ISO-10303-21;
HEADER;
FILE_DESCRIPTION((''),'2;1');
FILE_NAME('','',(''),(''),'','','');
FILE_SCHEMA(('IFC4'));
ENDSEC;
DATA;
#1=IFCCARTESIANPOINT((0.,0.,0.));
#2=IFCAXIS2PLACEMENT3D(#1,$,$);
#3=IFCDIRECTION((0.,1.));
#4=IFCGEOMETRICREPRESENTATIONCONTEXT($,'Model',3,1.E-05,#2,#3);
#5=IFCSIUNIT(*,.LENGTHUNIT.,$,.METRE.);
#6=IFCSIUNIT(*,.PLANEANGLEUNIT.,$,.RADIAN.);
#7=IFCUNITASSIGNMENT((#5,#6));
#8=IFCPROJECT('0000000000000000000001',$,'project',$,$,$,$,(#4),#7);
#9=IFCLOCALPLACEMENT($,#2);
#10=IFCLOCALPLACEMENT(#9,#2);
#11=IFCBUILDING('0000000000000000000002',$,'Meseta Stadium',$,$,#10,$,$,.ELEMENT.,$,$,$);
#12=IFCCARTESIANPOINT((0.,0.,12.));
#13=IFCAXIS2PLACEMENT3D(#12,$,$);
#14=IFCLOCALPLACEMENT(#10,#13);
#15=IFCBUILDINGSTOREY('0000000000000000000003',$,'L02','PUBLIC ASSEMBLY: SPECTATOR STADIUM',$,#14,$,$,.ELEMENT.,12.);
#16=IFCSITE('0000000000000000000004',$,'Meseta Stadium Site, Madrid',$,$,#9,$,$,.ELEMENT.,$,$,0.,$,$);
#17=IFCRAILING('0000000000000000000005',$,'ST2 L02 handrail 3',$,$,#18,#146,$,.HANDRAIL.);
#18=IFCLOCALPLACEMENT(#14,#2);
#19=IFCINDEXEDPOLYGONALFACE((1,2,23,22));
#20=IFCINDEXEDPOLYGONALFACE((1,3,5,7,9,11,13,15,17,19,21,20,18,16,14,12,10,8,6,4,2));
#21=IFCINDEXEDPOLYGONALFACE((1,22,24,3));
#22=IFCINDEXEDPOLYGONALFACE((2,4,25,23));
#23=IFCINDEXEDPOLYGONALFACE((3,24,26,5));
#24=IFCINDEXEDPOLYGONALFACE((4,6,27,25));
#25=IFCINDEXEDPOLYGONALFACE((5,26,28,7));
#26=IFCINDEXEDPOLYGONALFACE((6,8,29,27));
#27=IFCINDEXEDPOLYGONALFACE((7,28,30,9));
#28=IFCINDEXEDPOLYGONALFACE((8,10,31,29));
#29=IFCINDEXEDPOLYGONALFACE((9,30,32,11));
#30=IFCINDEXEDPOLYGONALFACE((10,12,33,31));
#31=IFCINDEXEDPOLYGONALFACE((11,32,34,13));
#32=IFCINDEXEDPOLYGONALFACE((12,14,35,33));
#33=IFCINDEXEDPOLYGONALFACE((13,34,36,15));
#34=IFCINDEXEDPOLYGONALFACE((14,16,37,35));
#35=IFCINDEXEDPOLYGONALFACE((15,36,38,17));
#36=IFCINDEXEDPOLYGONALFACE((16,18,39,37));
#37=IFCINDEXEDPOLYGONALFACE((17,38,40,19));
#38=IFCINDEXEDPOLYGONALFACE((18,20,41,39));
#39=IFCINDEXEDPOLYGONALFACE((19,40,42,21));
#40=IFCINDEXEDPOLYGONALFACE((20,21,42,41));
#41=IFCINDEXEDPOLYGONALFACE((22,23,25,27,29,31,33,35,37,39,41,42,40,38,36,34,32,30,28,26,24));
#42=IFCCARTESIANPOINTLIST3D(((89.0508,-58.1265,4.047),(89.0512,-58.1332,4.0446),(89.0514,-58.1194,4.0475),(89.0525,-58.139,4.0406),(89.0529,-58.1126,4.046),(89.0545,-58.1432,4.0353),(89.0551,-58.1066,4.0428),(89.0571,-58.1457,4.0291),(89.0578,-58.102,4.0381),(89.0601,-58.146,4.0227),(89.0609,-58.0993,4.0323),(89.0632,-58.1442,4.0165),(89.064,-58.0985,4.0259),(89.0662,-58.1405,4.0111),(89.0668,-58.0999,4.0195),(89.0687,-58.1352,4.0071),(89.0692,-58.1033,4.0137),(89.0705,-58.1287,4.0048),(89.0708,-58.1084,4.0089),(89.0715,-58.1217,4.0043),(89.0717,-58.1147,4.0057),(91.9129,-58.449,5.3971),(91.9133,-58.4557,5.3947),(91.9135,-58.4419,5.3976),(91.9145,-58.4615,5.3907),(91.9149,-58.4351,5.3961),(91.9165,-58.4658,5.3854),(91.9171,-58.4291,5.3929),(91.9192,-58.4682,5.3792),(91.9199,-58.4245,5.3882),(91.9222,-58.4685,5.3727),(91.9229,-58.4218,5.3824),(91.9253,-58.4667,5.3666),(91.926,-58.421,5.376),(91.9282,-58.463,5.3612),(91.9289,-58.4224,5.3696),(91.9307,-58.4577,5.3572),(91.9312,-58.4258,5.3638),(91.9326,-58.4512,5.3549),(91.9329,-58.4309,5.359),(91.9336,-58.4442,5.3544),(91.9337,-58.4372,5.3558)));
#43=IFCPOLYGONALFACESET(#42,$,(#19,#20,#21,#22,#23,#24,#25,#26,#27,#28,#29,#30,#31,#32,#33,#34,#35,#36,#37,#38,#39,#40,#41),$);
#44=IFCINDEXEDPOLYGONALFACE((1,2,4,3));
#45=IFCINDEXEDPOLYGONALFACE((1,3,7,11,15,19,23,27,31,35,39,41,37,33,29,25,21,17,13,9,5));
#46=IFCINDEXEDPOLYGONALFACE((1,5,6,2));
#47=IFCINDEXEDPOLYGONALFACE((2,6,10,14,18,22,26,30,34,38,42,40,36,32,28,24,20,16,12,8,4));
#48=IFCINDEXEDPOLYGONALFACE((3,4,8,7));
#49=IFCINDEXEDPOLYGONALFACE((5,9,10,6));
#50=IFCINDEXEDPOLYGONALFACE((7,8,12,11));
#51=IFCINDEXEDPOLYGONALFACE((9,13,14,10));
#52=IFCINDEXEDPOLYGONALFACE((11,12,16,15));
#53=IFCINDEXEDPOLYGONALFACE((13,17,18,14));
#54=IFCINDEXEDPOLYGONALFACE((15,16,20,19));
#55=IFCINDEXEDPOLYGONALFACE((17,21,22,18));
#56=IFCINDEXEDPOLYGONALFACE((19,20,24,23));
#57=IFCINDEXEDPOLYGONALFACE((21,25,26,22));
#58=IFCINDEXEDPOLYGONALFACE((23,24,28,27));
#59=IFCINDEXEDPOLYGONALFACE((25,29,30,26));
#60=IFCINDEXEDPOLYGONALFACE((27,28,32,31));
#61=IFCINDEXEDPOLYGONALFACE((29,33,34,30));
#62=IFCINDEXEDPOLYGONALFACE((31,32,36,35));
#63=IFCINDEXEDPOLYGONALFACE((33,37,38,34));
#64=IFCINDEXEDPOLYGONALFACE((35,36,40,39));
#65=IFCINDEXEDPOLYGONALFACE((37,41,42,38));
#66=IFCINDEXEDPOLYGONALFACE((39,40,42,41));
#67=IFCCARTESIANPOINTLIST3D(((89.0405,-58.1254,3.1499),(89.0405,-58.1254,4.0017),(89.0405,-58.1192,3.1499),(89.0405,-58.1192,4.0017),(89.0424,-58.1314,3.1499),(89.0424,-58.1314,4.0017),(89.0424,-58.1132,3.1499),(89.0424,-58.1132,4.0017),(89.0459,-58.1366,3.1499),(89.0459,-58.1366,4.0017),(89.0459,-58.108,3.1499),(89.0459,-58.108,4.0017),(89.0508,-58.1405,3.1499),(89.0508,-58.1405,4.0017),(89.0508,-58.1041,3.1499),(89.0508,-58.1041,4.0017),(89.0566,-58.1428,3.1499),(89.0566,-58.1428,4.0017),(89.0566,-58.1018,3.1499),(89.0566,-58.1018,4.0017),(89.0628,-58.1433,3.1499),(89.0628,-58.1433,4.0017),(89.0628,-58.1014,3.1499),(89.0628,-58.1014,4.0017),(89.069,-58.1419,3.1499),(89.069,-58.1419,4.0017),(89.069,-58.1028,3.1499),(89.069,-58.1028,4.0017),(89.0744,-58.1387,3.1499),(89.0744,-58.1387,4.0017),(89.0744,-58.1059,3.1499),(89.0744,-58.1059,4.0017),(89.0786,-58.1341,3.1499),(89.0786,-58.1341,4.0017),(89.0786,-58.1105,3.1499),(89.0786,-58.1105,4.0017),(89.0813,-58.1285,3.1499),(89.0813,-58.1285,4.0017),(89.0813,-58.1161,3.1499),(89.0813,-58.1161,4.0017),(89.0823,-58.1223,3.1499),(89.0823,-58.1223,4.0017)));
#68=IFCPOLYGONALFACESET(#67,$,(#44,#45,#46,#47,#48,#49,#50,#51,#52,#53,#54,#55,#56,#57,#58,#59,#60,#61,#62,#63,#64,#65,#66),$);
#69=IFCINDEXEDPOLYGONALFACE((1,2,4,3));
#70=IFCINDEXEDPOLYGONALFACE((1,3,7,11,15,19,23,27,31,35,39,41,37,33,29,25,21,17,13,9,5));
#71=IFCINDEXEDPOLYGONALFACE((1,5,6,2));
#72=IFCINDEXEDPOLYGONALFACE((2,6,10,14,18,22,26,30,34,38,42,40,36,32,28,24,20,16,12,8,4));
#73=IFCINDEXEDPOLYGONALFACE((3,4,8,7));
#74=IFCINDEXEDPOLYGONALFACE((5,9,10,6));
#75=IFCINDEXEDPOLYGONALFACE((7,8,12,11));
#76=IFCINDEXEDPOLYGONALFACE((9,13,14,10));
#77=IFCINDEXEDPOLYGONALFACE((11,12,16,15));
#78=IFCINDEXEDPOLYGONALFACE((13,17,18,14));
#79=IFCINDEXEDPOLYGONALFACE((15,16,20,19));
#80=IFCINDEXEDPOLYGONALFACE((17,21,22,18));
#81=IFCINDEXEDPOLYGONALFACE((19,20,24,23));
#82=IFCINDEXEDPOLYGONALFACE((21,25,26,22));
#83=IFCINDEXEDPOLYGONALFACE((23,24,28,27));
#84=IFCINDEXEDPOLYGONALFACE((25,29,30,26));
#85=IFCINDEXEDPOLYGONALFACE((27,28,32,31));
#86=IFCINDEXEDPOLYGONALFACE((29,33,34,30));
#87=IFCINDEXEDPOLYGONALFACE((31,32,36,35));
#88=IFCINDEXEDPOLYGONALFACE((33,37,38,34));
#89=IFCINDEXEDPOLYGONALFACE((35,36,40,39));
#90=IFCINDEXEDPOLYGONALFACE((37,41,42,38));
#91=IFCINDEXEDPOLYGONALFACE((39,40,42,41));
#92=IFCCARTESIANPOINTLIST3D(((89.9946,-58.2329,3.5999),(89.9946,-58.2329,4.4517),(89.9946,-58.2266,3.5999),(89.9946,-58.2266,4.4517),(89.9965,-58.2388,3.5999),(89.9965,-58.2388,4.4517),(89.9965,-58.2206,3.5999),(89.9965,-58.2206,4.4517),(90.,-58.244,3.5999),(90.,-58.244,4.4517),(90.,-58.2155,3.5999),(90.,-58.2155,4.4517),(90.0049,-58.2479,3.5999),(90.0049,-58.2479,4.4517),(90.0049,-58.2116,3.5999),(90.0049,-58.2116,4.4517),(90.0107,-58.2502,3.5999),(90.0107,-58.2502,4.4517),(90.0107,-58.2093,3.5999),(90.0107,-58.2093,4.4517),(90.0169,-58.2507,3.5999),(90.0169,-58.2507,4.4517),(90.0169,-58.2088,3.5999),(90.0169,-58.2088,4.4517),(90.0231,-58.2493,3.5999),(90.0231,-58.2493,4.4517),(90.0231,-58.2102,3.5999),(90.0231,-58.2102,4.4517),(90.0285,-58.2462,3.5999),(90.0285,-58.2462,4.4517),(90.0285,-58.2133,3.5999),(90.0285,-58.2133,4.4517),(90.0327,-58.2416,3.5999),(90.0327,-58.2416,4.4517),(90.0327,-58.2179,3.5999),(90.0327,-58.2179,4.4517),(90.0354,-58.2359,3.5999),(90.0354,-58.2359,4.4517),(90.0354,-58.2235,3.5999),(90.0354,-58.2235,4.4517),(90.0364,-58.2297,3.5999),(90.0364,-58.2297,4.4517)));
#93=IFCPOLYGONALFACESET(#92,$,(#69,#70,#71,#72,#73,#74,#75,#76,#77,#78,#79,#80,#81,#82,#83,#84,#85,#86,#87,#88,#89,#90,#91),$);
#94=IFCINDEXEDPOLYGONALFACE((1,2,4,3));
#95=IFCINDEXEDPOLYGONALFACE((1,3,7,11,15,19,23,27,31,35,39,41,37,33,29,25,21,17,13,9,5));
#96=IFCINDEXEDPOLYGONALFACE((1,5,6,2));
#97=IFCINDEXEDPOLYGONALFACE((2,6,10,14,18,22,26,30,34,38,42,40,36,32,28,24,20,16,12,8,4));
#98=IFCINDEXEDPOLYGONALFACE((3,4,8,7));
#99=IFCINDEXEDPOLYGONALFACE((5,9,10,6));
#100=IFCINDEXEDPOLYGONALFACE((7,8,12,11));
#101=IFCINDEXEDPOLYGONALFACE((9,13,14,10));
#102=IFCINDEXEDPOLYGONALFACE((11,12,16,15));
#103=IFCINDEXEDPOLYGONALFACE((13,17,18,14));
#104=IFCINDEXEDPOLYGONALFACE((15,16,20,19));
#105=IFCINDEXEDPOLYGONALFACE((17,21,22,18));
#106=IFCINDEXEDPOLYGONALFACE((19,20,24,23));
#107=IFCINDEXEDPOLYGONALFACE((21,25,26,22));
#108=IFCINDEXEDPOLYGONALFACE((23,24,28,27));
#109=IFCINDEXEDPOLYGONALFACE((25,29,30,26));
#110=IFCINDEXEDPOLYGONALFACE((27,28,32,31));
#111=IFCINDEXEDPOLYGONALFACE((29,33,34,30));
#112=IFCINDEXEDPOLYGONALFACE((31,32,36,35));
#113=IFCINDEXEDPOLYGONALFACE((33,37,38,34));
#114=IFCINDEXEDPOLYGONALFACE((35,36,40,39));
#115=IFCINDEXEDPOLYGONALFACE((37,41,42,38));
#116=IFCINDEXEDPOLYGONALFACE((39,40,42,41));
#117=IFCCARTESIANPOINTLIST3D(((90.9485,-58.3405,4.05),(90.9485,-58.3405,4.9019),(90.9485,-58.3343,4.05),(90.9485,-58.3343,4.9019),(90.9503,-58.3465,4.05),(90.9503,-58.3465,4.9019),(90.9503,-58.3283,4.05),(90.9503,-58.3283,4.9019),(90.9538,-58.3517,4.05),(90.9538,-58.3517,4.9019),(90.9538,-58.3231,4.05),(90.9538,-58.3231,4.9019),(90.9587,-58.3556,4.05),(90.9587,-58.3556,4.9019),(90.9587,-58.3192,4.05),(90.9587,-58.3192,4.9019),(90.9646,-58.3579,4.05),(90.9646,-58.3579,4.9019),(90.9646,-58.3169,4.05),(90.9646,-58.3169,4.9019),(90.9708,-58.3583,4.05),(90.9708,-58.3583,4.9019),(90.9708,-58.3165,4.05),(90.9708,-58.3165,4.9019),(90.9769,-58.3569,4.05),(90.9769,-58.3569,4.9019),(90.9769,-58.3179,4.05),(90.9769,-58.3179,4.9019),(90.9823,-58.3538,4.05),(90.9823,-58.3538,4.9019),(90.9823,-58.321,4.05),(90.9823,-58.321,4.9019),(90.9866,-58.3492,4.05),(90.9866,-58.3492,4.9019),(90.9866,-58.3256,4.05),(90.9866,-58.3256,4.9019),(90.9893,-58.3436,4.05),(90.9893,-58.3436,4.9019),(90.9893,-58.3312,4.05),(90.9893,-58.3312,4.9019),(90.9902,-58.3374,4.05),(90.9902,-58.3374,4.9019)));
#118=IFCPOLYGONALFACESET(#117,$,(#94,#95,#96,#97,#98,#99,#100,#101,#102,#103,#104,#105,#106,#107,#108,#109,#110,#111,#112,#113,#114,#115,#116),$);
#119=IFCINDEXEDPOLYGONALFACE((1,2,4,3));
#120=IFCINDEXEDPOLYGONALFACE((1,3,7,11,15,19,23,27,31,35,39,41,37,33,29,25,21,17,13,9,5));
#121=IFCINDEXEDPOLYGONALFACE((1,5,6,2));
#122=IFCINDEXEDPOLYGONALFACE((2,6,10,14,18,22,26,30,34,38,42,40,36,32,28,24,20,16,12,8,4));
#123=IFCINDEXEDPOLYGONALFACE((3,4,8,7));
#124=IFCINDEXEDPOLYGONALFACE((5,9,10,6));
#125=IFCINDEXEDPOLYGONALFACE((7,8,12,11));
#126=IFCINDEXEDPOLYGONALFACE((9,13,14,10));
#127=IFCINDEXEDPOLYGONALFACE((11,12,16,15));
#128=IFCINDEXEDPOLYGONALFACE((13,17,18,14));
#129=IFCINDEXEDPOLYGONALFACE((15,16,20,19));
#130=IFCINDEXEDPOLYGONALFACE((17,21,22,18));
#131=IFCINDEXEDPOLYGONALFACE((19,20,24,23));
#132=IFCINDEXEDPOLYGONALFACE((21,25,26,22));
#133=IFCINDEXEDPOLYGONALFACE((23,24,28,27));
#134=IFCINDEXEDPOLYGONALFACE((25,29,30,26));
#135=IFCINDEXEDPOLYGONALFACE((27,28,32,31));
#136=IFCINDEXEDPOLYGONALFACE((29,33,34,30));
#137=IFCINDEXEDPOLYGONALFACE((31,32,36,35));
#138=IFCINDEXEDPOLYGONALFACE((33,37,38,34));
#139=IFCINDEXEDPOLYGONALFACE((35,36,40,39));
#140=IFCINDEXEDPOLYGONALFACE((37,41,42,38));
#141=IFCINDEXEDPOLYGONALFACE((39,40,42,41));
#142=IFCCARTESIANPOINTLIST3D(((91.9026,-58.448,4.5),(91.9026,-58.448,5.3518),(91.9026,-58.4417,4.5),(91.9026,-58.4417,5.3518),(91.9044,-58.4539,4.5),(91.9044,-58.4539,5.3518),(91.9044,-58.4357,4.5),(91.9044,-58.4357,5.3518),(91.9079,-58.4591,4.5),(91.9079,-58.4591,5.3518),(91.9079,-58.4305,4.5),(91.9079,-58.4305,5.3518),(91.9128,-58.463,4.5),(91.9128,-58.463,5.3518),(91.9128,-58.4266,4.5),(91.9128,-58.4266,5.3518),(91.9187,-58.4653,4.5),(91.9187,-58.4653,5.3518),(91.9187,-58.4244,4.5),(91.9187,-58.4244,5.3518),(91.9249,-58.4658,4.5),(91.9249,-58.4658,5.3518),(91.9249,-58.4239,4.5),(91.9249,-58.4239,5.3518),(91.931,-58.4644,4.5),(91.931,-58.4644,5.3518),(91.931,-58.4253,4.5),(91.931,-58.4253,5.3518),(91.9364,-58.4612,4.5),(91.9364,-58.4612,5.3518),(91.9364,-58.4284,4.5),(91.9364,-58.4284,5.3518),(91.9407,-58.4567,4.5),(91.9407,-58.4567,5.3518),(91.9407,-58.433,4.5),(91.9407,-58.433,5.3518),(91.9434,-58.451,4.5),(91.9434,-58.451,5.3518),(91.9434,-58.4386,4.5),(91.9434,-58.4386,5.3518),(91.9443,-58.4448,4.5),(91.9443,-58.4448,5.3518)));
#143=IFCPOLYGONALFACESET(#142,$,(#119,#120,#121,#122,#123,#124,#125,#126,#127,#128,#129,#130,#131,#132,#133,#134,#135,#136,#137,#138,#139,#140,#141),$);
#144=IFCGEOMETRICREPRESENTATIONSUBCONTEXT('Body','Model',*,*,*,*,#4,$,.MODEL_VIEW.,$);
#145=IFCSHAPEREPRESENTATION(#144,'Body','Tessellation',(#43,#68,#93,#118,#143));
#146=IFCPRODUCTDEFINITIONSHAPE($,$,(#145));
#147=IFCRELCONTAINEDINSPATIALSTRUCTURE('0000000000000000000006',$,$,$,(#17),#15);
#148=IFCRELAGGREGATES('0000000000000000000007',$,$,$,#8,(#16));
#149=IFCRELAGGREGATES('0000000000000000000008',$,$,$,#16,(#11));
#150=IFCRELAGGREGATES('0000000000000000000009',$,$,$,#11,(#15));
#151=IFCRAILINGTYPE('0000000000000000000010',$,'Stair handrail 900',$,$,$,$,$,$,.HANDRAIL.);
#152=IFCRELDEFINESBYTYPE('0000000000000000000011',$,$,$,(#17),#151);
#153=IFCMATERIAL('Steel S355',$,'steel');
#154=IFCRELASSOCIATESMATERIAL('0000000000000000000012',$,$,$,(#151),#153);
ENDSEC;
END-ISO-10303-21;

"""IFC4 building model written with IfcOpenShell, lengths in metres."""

from ifc_helpers import new_model, si_unit, direction, frame, origin, origin_2d, place, context, subcontext, project, spatial, circle, extrude, material, type_object, element, save


model = new_model("IFC4")

# Units and contexts
model_context = context("Model", 3, precision=1e-05, world=origin(), true_north=direction((0.0, 1.0)))
body_context = subcontext(model_context, "Body", "Model", "MODEL_VIEW")
ifc_project = project(units=[si_unit("LENGTHUNIT", "METRE"), si_unit("PLANEANGLEUNIT", "RADIAN")], contexts=[model_context])

# Site, building, storey
site_placement = place(None, origin())
site = spatial("IfcSite", under=ifc_project, at=site_placement, Name="Meseta Stadium Site, Madrid", CompositionType="ELEMENT", RefElevation=0.0)
building_placement = place(site_placement, origin())
building = spatial("IfcBuilding", under=site, at=building_placement, Name="Meseta Stadium", CompositionType="ELEMENT")
storey_placement = place(building_placement, frame((0.0, 0.0, 12.0)))
storey = spatial("IfcBuildingStorey", under=building, at=storey_placement, Name="L02", Description="PUBLIC ASSEMBLY: SPECTATOR STADIUM", CompositionType="ELEMENT", Elevation=12.0)

# Railing
ifc_material_1 = material(Name="Steel S355", Category="steel")
railing_type_1 = type_object("IfcRailingType", Name="Stair handrail 900", PredefinedType="HANDRAIL", material=ifc_material_1)
for number, where, name in (
    (1, (89.0613, -58.1223, 3.1499), "ST2 L02 handrail 3"),
):
    element("IfcRailing", number, at=place(storey_placement, frame(where)), inside=storey, type_object=railing_type_1, Name=name, PredefinedType="HANDRAIL", context=body_context, shape_type="SweptSolid", body=[
        extrude(circle(Radius=0.0239, at=origin_2d()), frame((0.0, 0.0, 0.876), z_axis=(0.899763, -0.101389, 0.424438), x_axis=(0.111976, 0.993711, 0.0)), (0.0, 0.0, 1.0), 3.1809),
        extrude(circle(Radius=0.021, at=origin_2d()), origin(), (0.0, 0.0, 1.0), 0.8518),
        extrude(circle(Radius=0.021, at=origin_2d()), frame((0.9541, -0.1074, 0.45)), (0.0, 0.0, 1.0), 0.8518),
        extrude(circle(Radius=0.021, at=origin_2d()), frame((1.908, -0.2151, 0.9001)), (0.0, 0.0, 1.0), 0.8518),
        extrude(circle(Radius=0.021, at=origin_2d()), frame((2.8621, -0.3225, 1.3501)), (0.0, 0.0, 1.0), 0.8518),
    ])

save(model, "model.ifc")
